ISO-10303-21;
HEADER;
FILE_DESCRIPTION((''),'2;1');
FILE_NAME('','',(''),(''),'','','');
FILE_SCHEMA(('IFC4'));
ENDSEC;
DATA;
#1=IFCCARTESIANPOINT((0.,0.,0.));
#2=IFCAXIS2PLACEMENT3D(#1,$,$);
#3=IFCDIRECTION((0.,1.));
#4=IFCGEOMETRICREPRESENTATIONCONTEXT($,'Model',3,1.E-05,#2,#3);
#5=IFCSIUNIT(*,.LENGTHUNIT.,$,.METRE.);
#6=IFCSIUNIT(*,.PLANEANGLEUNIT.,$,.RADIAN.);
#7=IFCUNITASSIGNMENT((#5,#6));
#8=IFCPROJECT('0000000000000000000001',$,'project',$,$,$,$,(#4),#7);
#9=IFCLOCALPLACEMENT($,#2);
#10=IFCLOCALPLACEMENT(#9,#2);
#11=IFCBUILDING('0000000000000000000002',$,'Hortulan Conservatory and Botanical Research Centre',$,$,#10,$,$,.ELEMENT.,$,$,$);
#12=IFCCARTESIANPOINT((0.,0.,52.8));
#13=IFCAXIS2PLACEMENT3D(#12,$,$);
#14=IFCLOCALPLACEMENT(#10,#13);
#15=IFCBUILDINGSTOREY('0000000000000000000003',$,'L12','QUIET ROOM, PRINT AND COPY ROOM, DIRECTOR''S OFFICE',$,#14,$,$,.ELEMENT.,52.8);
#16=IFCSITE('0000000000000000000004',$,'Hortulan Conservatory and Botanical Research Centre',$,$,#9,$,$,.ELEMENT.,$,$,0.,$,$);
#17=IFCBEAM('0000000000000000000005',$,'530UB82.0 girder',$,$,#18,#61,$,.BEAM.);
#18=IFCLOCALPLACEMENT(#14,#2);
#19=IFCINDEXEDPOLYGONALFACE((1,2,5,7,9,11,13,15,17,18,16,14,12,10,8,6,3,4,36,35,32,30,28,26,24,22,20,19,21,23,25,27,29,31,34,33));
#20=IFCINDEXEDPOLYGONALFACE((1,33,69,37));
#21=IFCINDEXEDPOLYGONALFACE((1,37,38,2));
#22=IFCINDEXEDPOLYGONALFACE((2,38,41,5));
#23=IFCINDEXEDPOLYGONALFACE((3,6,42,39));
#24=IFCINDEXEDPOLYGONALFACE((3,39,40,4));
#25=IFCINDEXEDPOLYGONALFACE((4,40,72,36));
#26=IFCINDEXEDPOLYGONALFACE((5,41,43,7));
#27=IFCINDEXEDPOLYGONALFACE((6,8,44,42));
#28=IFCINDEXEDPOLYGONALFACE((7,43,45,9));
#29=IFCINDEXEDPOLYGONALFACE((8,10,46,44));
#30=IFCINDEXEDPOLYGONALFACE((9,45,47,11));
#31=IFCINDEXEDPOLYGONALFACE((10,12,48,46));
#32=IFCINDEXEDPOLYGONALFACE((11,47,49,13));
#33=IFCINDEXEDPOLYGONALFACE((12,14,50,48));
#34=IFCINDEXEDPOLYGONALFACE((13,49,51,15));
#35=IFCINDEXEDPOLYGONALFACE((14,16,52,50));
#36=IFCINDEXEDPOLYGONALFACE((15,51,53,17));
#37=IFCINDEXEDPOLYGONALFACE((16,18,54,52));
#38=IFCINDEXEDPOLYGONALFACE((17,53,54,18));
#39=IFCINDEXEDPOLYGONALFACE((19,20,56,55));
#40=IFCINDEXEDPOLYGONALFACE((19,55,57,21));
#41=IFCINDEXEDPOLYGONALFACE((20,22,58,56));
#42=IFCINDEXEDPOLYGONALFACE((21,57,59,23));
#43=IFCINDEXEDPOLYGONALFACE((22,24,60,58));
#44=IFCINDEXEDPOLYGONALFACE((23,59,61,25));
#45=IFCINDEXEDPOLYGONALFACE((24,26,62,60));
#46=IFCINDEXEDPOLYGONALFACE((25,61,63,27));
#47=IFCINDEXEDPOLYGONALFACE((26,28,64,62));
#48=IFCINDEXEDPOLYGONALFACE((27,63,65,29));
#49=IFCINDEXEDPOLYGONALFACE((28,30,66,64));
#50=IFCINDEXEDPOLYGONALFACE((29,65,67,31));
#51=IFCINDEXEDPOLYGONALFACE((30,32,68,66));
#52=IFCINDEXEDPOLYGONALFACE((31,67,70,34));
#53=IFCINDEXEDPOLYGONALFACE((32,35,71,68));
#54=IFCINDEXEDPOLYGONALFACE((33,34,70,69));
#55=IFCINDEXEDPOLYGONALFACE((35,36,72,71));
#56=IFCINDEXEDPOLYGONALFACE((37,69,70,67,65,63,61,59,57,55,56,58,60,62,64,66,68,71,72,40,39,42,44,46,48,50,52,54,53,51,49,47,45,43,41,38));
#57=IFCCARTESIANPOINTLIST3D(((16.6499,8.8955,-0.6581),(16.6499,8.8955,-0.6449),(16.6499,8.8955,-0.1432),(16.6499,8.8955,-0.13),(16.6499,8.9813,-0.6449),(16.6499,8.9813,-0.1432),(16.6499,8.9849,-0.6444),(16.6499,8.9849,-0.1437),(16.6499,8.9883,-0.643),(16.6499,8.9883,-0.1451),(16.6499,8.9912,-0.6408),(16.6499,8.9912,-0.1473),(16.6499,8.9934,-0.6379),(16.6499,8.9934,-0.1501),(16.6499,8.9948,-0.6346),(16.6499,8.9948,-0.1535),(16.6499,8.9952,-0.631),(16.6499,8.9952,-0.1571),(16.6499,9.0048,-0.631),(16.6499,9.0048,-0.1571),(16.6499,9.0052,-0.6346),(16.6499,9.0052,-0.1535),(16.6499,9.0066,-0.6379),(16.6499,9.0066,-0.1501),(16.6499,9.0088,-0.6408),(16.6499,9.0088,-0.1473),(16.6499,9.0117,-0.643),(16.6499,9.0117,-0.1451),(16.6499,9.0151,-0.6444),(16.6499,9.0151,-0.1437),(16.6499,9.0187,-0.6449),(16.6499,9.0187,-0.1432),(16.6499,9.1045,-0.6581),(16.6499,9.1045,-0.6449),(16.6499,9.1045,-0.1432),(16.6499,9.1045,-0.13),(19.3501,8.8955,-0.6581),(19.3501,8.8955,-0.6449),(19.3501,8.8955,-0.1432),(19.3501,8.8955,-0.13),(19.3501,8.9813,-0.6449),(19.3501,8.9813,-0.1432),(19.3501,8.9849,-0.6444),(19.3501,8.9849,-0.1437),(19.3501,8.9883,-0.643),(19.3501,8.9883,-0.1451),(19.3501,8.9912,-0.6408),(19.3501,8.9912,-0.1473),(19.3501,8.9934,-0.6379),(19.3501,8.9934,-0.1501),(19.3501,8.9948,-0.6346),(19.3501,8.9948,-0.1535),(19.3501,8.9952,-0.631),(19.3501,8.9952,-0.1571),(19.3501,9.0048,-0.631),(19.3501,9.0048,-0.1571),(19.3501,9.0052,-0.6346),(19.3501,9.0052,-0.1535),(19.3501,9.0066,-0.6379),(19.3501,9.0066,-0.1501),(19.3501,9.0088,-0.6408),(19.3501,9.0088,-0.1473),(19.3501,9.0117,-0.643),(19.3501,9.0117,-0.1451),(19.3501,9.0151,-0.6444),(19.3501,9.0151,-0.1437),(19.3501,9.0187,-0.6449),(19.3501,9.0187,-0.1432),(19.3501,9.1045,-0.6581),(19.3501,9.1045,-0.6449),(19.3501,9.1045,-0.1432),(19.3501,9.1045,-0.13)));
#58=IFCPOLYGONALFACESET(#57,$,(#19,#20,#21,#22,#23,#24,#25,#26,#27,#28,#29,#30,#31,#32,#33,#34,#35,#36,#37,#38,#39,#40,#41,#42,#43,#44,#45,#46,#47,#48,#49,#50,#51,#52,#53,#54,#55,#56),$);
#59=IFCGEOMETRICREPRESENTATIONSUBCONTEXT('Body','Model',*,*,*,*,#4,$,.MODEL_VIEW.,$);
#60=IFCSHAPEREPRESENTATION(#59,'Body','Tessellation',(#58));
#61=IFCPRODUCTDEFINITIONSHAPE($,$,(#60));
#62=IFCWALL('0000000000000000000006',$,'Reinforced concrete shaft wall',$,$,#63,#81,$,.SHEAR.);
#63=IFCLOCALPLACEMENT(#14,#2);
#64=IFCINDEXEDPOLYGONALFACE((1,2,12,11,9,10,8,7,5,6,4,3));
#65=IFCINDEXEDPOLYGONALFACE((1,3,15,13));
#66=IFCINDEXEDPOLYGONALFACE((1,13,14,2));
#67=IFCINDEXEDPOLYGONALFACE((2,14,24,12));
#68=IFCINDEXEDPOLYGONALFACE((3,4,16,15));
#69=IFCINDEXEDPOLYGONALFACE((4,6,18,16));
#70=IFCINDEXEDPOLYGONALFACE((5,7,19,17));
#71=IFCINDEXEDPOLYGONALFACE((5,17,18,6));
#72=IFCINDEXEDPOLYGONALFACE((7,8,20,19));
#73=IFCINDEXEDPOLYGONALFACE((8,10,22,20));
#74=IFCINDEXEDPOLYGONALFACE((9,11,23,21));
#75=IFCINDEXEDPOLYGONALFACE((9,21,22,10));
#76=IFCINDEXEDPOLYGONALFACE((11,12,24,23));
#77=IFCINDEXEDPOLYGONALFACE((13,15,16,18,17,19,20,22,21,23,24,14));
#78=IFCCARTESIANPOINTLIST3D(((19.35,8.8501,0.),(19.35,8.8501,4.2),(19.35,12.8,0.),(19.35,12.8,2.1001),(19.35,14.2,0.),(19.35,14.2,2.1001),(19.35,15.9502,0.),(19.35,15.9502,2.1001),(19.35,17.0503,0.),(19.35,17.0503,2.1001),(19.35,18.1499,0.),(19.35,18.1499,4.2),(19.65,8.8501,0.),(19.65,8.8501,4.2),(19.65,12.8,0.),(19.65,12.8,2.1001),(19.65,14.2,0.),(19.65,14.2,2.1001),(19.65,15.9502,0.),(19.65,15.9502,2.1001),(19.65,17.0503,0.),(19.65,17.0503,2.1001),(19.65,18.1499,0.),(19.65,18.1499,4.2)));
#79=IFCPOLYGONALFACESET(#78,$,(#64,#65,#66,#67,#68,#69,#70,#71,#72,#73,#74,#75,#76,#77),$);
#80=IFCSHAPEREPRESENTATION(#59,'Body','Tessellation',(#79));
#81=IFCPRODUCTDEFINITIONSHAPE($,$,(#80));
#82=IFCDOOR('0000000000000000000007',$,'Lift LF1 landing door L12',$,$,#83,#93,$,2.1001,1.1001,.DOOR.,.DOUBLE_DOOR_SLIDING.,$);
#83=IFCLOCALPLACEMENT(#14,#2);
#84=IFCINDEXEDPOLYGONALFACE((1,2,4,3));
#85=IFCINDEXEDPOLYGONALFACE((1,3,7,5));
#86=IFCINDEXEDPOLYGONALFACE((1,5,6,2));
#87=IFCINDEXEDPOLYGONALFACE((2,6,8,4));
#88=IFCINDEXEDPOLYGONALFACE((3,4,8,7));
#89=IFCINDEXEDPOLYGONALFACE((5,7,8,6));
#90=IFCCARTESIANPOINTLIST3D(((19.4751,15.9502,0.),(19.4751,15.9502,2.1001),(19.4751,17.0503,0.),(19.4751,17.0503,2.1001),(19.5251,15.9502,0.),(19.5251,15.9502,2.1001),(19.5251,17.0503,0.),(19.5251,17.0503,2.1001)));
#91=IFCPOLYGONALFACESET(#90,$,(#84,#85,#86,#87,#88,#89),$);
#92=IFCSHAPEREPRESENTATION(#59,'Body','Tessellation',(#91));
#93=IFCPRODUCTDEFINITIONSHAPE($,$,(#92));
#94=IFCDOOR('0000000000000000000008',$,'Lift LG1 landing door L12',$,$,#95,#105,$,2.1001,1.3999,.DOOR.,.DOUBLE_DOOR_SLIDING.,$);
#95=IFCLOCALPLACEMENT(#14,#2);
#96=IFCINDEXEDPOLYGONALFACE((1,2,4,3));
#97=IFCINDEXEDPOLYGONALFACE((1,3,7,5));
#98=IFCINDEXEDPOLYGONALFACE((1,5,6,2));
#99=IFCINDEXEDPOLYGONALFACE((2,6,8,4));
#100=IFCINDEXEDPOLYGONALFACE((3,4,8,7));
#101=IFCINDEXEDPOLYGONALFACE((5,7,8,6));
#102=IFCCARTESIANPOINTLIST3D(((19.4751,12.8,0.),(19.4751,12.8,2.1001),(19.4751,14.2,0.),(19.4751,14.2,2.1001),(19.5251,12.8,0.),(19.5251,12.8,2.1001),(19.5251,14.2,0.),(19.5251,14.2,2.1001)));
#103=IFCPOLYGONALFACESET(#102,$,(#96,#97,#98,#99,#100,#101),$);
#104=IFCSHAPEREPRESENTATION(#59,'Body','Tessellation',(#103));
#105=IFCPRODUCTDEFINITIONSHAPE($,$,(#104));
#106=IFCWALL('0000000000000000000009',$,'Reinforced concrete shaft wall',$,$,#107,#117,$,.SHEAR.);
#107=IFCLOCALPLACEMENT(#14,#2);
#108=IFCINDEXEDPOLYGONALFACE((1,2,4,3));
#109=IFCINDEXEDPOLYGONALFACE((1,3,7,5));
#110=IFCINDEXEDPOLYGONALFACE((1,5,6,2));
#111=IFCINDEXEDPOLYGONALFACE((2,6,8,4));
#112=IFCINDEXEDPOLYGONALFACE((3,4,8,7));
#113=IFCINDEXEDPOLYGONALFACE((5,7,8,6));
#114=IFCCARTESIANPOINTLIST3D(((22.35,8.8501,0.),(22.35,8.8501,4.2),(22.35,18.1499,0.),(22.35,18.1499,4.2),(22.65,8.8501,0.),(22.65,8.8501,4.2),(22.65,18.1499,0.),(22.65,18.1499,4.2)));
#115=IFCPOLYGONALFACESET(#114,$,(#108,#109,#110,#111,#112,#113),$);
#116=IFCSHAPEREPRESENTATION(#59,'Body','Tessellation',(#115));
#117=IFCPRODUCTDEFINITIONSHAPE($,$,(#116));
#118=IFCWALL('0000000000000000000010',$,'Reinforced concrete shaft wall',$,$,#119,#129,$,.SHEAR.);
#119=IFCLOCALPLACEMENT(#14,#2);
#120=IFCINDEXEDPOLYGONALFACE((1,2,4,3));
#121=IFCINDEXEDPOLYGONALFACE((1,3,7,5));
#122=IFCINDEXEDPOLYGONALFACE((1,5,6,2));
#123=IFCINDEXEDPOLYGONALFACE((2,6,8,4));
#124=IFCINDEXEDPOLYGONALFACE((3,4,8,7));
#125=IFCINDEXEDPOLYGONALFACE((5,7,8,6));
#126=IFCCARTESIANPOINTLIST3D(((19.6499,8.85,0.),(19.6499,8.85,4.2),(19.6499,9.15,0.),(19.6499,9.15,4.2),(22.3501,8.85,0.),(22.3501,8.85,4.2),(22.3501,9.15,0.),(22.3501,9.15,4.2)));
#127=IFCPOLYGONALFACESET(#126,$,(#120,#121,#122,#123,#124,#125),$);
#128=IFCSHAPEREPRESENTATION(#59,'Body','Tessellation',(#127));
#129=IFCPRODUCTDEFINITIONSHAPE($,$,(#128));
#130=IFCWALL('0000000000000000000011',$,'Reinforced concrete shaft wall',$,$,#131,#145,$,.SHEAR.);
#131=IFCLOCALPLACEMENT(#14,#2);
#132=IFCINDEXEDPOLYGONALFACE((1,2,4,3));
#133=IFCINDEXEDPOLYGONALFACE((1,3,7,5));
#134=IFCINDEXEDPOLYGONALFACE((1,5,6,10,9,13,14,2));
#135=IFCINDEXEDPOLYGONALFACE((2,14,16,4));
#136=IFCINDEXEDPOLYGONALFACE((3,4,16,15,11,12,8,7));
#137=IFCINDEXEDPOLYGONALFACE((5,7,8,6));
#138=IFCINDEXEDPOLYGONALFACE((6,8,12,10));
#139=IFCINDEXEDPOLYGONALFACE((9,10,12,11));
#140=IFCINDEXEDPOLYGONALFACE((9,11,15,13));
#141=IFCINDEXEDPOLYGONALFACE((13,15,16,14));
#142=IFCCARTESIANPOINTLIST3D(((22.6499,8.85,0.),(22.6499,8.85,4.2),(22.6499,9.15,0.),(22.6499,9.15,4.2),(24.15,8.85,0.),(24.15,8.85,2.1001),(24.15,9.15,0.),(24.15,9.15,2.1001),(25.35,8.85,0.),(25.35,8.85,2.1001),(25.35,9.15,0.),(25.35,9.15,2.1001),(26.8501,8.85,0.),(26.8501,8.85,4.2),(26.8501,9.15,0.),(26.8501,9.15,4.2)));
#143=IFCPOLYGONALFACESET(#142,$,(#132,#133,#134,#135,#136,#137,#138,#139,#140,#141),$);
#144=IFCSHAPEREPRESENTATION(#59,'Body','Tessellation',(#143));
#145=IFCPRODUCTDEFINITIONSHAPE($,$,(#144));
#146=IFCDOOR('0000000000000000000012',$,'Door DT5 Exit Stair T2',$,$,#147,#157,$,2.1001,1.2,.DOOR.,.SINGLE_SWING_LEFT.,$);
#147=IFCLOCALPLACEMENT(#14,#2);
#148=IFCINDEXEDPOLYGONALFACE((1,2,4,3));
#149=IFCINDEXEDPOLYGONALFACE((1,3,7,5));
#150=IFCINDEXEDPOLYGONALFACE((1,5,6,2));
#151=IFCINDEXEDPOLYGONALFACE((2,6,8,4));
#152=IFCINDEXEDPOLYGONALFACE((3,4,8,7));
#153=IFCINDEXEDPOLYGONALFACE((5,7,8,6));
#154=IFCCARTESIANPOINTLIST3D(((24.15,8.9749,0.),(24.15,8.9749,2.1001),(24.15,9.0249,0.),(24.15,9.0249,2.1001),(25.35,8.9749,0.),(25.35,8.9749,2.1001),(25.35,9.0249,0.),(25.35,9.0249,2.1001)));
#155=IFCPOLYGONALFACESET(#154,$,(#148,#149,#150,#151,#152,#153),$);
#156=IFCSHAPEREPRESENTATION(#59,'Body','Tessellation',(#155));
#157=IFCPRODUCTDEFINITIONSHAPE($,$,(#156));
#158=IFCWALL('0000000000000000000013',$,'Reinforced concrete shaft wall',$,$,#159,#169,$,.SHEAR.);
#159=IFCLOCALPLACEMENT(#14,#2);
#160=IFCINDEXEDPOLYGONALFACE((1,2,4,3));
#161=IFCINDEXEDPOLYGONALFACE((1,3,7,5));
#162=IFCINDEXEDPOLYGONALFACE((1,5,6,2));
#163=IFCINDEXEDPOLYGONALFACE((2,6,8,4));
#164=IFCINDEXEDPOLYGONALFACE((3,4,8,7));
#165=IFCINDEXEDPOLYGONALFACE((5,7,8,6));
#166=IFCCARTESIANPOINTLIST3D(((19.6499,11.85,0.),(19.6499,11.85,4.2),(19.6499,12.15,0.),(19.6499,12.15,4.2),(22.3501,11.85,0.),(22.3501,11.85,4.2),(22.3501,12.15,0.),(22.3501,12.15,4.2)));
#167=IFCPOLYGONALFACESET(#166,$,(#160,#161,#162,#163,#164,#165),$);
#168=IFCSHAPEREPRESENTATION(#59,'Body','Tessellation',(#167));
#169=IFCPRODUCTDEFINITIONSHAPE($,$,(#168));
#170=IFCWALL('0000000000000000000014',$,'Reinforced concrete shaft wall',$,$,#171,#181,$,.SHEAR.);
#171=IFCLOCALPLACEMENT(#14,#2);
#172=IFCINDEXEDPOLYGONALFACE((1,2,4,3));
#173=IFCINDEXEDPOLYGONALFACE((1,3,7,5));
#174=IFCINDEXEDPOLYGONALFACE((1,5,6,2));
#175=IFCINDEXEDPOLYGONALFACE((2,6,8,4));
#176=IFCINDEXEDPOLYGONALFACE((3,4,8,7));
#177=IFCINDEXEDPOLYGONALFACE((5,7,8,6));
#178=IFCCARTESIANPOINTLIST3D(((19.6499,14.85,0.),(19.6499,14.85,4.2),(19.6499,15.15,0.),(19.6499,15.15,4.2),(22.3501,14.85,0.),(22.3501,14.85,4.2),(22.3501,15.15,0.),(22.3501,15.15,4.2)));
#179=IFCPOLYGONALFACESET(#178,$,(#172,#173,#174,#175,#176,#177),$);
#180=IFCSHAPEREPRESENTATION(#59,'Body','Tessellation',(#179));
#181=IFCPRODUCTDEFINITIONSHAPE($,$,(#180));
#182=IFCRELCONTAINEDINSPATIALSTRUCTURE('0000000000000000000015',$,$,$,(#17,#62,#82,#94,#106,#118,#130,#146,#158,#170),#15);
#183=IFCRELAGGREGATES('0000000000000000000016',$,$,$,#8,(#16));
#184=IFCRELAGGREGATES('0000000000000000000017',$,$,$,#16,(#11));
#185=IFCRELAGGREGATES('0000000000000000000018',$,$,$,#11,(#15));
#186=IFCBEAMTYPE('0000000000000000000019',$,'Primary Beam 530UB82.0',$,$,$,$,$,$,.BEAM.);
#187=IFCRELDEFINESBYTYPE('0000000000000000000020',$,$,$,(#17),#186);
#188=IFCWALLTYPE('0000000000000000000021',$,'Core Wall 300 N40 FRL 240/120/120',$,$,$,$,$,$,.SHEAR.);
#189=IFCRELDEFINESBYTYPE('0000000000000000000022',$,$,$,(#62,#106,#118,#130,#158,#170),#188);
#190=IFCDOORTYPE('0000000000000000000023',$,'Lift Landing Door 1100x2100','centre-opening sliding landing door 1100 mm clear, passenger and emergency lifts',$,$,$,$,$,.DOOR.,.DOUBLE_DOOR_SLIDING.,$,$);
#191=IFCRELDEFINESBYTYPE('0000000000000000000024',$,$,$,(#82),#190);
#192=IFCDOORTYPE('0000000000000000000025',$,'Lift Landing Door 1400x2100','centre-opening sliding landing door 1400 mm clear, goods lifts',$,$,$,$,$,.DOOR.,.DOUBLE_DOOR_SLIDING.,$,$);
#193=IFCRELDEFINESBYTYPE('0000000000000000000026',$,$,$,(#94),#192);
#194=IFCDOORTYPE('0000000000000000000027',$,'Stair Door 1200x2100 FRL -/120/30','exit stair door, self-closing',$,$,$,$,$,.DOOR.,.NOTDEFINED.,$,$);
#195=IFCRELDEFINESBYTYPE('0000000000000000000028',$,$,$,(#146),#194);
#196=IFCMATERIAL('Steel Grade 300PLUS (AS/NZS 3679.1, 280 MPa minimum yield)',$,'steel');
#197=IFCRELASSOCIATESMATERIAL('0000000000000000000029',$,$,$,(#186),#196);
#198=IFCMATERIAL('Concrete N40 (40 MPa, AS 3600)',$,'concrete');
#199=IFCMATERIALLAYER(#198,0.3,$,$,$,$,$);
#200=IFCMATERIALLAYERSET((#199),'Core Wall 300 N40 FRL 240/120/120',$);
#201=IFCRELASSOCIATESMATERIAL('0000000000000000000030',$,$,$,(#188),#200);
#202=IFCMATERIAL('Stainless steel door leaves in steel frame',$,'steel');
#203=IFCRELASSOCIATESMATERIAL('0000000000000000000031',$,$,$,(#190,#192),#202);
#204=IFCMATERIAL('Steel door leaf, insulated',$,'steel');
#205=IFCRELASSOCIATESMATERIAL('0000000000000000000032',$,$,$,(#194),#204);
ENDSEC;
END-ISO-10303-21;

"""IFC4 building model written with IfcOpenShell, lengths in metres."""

from ifc_helpers import new_model, si_unit, direction, frame, frame_2d, origin, origin_2d, place, context, subcontext, project, spatial, rectangle, i_section, extrude, material, layer, layer_set, material_profile, profile_set, type_object, element, fill, save


model = new_model("IFC4")

# Units and contexts
model_context = context("Model", 3, precision=1e-05, world=origin(), true_north=direction((0.0, 1.0)))
body_context = subcontext(model_context, "Body", "Model", "MODEL_VIEW")
ifc_project = project(units=[si_unit("LENGTHUNIT", "METRE"), si_unit("PLANEANGLEUNIT", "RADIAN")], contexts=[model_context])

# Site, building, storey
site_placement = place(None, origin())
site = spatial("IfcSite", under=ifc_project, at=site_placement, Name="Hortulan Conservatory and Botanical Research Centre", CompositionType="ELEMENT", RefElevation=0.0)
building_placement = place(site_placement, origin())
building = spatial("IfcBuilding", under=site, at=building_placement, Name="Hortulan Conservatory and Botanical Research Centre", CompositionType="ELEMENT")
storey_placement = place(building_placement, frame((0.0, 0.0, 52.8)))
storey = spatial("IfcBuildingStorey", under=building, at=storey_placement, Name="L12", Description="QUIET ROOM, PRINT AND COPY ROOM, DIRECTOR'S OFFICE", CompositionType="ELEMENT", Elevation=52.8)

# Beam
ifc_material_1 = material(Name="Steel Grade 300PLUS (AS/NZS 3679.1, 280 MPa minimum yield)", Category="steel")
ifc_material_profile = material_profile(ifc_material_1, i_section(OverallWidth=0.209, OverallDepth=0.5281, WebThickness=0.0095, FlangeThickness=0.0132, FilletRadius=0.0139, at=origin_2d()), Name="530UB82.0")
ifc_profile_set = profile_set([ifc_material_profile], Name="Steel Grade 300PLUS (AS/NZS 3679.1, 280 MPa minimum yield)")
beam_type = type_object("IfcBeamType", Name="Primary Beam 530UB82.0", PredefinedType="BEAM", material=ifc_profile_set)
beam_placement = place(storey_placement, frame((16.6499, 9.0, -0.394), z_axis=(1.0, 0.0, 0.0), x_axis=(0.0, 1.0, 0.0)))
element("IfcBeam", 1, at=beam_placement, inside=storey, type_object=beam_type, Name="530UB82.0 girder", PredefinedType="BEAM", context=body_context, shape_type="SweptSolid", body=[
    extrude(i_section(OverallWidth=0.209, OverallDepth=0.5281, WebThickness=0.0095, FlangeThickness=0.0132, FilletRadius=0.0139, at=origin_2d()), origin(), (0.0, 0.0, 1.0), 2.7002),
])

# Wall, openings, doors
ifc_material_2 = material(Name="Concrete N40 (40 MPa, AS 3600)", Category="concrete")
ifc_layer_1 = layer(ifc_material_2, 0.3)
ifc_layer_set_1 = layer_set([ifc_layer_1], Name="Core Wall 300 N40 FRL 240/120/120")
wall_type = type_object("IfcWallType", Name="Core Wall 300 N40 FRL 240/120/120", PredefinedType="SHEAR", material=ifc_layer_set_1)
wall_1_placement = place(storey_placement, frame((19.5, 8.8501, 0.0), z_axis=(0.0, 0.0, 1.0), x_axis=(0.0, 1.0, 0.0)))
wall_1 = element("IfcWall", 2, at=wall_1_placement, inside=storey, type_object=wall_type, Name="Reinforced concrete shaft wall", PredefinedType="SHEAR", context=body_context, shape_type="SweptSolid", body=[
    extrude(rectangle(XDim=9.2998, YDim=0.3, at=frame_2d((4.6499, 0.0))), origin(), (0.0, 0.0, 1.0), 4.2),
])
opening_1_placement = place(wall_1_placement, frame((3.95, 0.0, 0.0)))
opening_1 = element("IfcOpeningElement", 3, at=opening_1_placement, cuts=wall_1, PredefinedType="OPENING", context=body_context, shape_type="SweptSolid", body=[
    extrude(rectangle(XDim=1.3999, YDim=2.1001, at=frame_2d((0.7, 1.05))), frame((0.0, 0.1599, 0.0), z_axis=(0.0, -1.0, 0.0), x_axis=(1.0, 0.0, 0.0)), (0.0, 0.0, 1.0), 0.3201),
])
opening_2_placement = place(wall_1_placement, frame((7.1001, 0.0, 0.0)))
opening_2 = element("IfcOpeningElement", 4, at=opening_2_placement, cuts=wall_1, PredefinedType="OPENING", context=body_context, shape_type="SweptSolid", body=[
    extrude(rectangle(XDim=1.1001, YDim=2.1001, at=frame_2d((0.55, 1.05))), frame((0.0, 0.1599, 0.0), z_axis=(0.0, -1.0, 0.0), x_axis=(1.0, 0.0, 0.0)), (0.0, 0.0, 1.0), 0.3201),
])
ifc_material_3 = material(Name="Stainless steel door leaves in steel frame", Category="steel")
door_type_1 = type_object("IfcDoorType", Name="Lift Landing Door 1100x2100", Description="centre-opening sliding landing door 1100 mm clear, passenger and emergency lifts", OperationType="DOUBLE_DOOR_SLIDING", PredefinedType="DOOR", material=ifc_material_3)
door_1_placement = place(opening_2_placement, origin())
door_1 = element("IfcDoor", 5, at=door_1_placement, inside=storey, type_object=door_type_1, Name="Lift LF1 landing door L12", OperationType="DOUBLE_DOOR_SLIDING", OverallHeight=2.1001, OverallWidth=1.1001, PredefinedType="DOOR", context=body_context, shape_type="SweptSolid", body=[
    extrude(rectangle(XDim=1.1001, YDim=2.1001, at=frame_2d((0.55, 1.05))), frame((0.0, 0.0249, 0.0), z_axis=(0.0, -1.0, 0.0), x_axis=(1.0, 0.0, 0.0)), (0.0, 0.0, 1.0), 0.05),
])
fill(opening_2, door_1)
door_type_2 = type_object("IfcDoorType", Name="Lift Landing Door 1400x2100", Description="centre-opening sliding landing door 1400 mm clear, goods lifts", OperationType="DOUBLE_DOOR_SLIDING", PredefinedType="DOOR", material=ifc_material_3)
door_2_placement = place(opening_1_placement, origin())
door_2 = element("IfcDoor", 6, at=door_2_placement, inside=storey, type_object=door_type_2, Name="Lift LG1 landing door L12", OperationType="DOUBLE_DOOR_SLIDING", OverallHeight=2.1001, OverallWidth=1.3999, PredefinedType="DOOR", context=body_context, shape_type="SweptSolid", body=[
    extrude(rectangle(XDim=1.3999, YDim=2.1001, at=frame_2d((0.7, 1.05))), frame((0.0, 0.0249, 0.0), z_axis=(0.0, -1.0, 0.0), x_axis=(1.0, 0.0, 0.0)), (0.0, 0.0, 1.0), 0.05),
])
fill(opening_1, door_2)

# Walls
wall_2_placement = place(storey_placement, frame((22.5, 8.8501, 0.0), z_axis=(0.0, 0.0, 1.0), x_axis=(0.0, 1.0, 0.0)))
element("IfcWall", 7, at=wall_2_placement, inside=storey, type_object=wall_type, Name="Reinforced concrete shaft wall", PredefinedType="SHEAR", context=body_context, shape_type="SweptSolid", body=[
    extrude(rectangle(XDim=9.2998, YDim=0.3, at=frame_2d((4.6499, 0.0))), origin(), (0.0, 0.0, 1.0), 4.2),
])
wall_3_placement = place(storey_placement, frame((19.6499, 9.0, 0.0), z_axis=(0.0, 0.0, 1.0), x_axis=(1.0, 0.0, 0.0)))
element("IfcWall", 8, at=wall_3_placement, inside=storey, type_object=wall_type, Name="Reinforced concrete shaft wall", PredefinedType="SHEAR", context=body_context, shape_type="SweptSolid", body=[
    extrude(rectangle(XDim=2.7002, YDim=0.3, at=frame_2d((1.3501, 0.0))), origin(), (0.0, 0.0, 1.0), 4.2),
])

# Wall, opening, door
wall_4_placement = place(storey_placement, frame((22.6499, 9.0, 0.0), z_axis=(0.0, 0.0, 1.0), x_axis=(1.0, 0.0, 0.0)))
wall_4 = element("IfcWall", 9, at=wall_4_placement, inside=storey, type_object=wall_type, Name="Reinforced concrete shaft wall", PredefinedType="SHEAR", context=body_context, shape_type="SweptSolid", body=[
    extrude(rectangle(XDim=4.2002, YDim=0.3, at=frame_2d((2.1001, 0.0))), origin(), (0.0, 0.0, 1.0), 4.2),
])
opening_3_placement = place(wall_4_placement, frame((1.5, 0.0, 0.0)))
opening_3 = element("IfcOpeningElement", 10, at=opening_3_placement, cuts=wall_4, PredefinedType="OPENING", context=body_context, shape_type="SweptSolid", body=[
    extrude(rectangle(XDim=1.2, YDim=2.1001, at=frame_2d((0.6001, 1.05))), frame((0.0, 0.1599, 0.0), z_axis=(0.0, -1.0, 0.0), x_axis=(1.0, 0.0, 0.0)), (0.0, 0.0, 1.0), 0.3201),
])
ifc_material_4 = material(Name="Steel door leaf, insulated", Category="steel")
door_type_3 = type_object("IfcDoorType", Name="Stair Door 1200x2100 FRL -/120/30", Description="exit stair door, self-closing", OperationType="NOTDEFINED", PredefinedType="DOOR", material=ifc_material_4)
door_3_placement = place(opening_3_placement, origin())
door_3 = element("IfcDoor", 11, at=door_3_placement, inside=storey, type_object=door_type_3, Name="Door DT5 Exit Stair T2", OperationType="SINGLE_SWING_LEFT", OverallHeight=2.1001, OverallWidth=1.2, PredefinedType="DOOR", context=body_context, shape_type="SweptSolid", body=[
    extrude(rectangle(XDim=1.2, YDim=2.1001, at=frame_2d((0.6001, 1.05))), frame((0.0, 0.0249, 0.0), z_axis=(0.0, -1.0, 0.0), x_axis=(1.0, 0.0, 0.0)), (0.0, 0.0, 1.0), 0.05),
])
fill(opening_3, door_3)

# Walls
for number, where, z_axis, x_axis, name in (
    (12, (19.6499, 12.0, 0.0), (0.0, 0.0, 1.0), (1.0, 0.0, 0.0), "Reinforced concrete shaft wall"),
    (13, (19.6499, 15.0, 0.0), (0.0, 0.0, 1.0), (1.0, 0.0, 0.0), "Reinforced concrete shaft wall"),
):
    element("IfcWall", number, at=place(storey_placement, frame(where, z_axis=z_axis, x_axis=x_axis)), inside=storey, type_object=wall_type, Name=name, PredefinedType="SHEAR", context=body_context, shape_type="SweptSolid", body=[
        extrude(rectangle(XDim=2.7002, YDim=0.3, at=frame_2d((1.3501, 0.0))), origin(), (0.0, 0.0, 1.0), 4.2),
    ])

save(model, "model.ifc")
